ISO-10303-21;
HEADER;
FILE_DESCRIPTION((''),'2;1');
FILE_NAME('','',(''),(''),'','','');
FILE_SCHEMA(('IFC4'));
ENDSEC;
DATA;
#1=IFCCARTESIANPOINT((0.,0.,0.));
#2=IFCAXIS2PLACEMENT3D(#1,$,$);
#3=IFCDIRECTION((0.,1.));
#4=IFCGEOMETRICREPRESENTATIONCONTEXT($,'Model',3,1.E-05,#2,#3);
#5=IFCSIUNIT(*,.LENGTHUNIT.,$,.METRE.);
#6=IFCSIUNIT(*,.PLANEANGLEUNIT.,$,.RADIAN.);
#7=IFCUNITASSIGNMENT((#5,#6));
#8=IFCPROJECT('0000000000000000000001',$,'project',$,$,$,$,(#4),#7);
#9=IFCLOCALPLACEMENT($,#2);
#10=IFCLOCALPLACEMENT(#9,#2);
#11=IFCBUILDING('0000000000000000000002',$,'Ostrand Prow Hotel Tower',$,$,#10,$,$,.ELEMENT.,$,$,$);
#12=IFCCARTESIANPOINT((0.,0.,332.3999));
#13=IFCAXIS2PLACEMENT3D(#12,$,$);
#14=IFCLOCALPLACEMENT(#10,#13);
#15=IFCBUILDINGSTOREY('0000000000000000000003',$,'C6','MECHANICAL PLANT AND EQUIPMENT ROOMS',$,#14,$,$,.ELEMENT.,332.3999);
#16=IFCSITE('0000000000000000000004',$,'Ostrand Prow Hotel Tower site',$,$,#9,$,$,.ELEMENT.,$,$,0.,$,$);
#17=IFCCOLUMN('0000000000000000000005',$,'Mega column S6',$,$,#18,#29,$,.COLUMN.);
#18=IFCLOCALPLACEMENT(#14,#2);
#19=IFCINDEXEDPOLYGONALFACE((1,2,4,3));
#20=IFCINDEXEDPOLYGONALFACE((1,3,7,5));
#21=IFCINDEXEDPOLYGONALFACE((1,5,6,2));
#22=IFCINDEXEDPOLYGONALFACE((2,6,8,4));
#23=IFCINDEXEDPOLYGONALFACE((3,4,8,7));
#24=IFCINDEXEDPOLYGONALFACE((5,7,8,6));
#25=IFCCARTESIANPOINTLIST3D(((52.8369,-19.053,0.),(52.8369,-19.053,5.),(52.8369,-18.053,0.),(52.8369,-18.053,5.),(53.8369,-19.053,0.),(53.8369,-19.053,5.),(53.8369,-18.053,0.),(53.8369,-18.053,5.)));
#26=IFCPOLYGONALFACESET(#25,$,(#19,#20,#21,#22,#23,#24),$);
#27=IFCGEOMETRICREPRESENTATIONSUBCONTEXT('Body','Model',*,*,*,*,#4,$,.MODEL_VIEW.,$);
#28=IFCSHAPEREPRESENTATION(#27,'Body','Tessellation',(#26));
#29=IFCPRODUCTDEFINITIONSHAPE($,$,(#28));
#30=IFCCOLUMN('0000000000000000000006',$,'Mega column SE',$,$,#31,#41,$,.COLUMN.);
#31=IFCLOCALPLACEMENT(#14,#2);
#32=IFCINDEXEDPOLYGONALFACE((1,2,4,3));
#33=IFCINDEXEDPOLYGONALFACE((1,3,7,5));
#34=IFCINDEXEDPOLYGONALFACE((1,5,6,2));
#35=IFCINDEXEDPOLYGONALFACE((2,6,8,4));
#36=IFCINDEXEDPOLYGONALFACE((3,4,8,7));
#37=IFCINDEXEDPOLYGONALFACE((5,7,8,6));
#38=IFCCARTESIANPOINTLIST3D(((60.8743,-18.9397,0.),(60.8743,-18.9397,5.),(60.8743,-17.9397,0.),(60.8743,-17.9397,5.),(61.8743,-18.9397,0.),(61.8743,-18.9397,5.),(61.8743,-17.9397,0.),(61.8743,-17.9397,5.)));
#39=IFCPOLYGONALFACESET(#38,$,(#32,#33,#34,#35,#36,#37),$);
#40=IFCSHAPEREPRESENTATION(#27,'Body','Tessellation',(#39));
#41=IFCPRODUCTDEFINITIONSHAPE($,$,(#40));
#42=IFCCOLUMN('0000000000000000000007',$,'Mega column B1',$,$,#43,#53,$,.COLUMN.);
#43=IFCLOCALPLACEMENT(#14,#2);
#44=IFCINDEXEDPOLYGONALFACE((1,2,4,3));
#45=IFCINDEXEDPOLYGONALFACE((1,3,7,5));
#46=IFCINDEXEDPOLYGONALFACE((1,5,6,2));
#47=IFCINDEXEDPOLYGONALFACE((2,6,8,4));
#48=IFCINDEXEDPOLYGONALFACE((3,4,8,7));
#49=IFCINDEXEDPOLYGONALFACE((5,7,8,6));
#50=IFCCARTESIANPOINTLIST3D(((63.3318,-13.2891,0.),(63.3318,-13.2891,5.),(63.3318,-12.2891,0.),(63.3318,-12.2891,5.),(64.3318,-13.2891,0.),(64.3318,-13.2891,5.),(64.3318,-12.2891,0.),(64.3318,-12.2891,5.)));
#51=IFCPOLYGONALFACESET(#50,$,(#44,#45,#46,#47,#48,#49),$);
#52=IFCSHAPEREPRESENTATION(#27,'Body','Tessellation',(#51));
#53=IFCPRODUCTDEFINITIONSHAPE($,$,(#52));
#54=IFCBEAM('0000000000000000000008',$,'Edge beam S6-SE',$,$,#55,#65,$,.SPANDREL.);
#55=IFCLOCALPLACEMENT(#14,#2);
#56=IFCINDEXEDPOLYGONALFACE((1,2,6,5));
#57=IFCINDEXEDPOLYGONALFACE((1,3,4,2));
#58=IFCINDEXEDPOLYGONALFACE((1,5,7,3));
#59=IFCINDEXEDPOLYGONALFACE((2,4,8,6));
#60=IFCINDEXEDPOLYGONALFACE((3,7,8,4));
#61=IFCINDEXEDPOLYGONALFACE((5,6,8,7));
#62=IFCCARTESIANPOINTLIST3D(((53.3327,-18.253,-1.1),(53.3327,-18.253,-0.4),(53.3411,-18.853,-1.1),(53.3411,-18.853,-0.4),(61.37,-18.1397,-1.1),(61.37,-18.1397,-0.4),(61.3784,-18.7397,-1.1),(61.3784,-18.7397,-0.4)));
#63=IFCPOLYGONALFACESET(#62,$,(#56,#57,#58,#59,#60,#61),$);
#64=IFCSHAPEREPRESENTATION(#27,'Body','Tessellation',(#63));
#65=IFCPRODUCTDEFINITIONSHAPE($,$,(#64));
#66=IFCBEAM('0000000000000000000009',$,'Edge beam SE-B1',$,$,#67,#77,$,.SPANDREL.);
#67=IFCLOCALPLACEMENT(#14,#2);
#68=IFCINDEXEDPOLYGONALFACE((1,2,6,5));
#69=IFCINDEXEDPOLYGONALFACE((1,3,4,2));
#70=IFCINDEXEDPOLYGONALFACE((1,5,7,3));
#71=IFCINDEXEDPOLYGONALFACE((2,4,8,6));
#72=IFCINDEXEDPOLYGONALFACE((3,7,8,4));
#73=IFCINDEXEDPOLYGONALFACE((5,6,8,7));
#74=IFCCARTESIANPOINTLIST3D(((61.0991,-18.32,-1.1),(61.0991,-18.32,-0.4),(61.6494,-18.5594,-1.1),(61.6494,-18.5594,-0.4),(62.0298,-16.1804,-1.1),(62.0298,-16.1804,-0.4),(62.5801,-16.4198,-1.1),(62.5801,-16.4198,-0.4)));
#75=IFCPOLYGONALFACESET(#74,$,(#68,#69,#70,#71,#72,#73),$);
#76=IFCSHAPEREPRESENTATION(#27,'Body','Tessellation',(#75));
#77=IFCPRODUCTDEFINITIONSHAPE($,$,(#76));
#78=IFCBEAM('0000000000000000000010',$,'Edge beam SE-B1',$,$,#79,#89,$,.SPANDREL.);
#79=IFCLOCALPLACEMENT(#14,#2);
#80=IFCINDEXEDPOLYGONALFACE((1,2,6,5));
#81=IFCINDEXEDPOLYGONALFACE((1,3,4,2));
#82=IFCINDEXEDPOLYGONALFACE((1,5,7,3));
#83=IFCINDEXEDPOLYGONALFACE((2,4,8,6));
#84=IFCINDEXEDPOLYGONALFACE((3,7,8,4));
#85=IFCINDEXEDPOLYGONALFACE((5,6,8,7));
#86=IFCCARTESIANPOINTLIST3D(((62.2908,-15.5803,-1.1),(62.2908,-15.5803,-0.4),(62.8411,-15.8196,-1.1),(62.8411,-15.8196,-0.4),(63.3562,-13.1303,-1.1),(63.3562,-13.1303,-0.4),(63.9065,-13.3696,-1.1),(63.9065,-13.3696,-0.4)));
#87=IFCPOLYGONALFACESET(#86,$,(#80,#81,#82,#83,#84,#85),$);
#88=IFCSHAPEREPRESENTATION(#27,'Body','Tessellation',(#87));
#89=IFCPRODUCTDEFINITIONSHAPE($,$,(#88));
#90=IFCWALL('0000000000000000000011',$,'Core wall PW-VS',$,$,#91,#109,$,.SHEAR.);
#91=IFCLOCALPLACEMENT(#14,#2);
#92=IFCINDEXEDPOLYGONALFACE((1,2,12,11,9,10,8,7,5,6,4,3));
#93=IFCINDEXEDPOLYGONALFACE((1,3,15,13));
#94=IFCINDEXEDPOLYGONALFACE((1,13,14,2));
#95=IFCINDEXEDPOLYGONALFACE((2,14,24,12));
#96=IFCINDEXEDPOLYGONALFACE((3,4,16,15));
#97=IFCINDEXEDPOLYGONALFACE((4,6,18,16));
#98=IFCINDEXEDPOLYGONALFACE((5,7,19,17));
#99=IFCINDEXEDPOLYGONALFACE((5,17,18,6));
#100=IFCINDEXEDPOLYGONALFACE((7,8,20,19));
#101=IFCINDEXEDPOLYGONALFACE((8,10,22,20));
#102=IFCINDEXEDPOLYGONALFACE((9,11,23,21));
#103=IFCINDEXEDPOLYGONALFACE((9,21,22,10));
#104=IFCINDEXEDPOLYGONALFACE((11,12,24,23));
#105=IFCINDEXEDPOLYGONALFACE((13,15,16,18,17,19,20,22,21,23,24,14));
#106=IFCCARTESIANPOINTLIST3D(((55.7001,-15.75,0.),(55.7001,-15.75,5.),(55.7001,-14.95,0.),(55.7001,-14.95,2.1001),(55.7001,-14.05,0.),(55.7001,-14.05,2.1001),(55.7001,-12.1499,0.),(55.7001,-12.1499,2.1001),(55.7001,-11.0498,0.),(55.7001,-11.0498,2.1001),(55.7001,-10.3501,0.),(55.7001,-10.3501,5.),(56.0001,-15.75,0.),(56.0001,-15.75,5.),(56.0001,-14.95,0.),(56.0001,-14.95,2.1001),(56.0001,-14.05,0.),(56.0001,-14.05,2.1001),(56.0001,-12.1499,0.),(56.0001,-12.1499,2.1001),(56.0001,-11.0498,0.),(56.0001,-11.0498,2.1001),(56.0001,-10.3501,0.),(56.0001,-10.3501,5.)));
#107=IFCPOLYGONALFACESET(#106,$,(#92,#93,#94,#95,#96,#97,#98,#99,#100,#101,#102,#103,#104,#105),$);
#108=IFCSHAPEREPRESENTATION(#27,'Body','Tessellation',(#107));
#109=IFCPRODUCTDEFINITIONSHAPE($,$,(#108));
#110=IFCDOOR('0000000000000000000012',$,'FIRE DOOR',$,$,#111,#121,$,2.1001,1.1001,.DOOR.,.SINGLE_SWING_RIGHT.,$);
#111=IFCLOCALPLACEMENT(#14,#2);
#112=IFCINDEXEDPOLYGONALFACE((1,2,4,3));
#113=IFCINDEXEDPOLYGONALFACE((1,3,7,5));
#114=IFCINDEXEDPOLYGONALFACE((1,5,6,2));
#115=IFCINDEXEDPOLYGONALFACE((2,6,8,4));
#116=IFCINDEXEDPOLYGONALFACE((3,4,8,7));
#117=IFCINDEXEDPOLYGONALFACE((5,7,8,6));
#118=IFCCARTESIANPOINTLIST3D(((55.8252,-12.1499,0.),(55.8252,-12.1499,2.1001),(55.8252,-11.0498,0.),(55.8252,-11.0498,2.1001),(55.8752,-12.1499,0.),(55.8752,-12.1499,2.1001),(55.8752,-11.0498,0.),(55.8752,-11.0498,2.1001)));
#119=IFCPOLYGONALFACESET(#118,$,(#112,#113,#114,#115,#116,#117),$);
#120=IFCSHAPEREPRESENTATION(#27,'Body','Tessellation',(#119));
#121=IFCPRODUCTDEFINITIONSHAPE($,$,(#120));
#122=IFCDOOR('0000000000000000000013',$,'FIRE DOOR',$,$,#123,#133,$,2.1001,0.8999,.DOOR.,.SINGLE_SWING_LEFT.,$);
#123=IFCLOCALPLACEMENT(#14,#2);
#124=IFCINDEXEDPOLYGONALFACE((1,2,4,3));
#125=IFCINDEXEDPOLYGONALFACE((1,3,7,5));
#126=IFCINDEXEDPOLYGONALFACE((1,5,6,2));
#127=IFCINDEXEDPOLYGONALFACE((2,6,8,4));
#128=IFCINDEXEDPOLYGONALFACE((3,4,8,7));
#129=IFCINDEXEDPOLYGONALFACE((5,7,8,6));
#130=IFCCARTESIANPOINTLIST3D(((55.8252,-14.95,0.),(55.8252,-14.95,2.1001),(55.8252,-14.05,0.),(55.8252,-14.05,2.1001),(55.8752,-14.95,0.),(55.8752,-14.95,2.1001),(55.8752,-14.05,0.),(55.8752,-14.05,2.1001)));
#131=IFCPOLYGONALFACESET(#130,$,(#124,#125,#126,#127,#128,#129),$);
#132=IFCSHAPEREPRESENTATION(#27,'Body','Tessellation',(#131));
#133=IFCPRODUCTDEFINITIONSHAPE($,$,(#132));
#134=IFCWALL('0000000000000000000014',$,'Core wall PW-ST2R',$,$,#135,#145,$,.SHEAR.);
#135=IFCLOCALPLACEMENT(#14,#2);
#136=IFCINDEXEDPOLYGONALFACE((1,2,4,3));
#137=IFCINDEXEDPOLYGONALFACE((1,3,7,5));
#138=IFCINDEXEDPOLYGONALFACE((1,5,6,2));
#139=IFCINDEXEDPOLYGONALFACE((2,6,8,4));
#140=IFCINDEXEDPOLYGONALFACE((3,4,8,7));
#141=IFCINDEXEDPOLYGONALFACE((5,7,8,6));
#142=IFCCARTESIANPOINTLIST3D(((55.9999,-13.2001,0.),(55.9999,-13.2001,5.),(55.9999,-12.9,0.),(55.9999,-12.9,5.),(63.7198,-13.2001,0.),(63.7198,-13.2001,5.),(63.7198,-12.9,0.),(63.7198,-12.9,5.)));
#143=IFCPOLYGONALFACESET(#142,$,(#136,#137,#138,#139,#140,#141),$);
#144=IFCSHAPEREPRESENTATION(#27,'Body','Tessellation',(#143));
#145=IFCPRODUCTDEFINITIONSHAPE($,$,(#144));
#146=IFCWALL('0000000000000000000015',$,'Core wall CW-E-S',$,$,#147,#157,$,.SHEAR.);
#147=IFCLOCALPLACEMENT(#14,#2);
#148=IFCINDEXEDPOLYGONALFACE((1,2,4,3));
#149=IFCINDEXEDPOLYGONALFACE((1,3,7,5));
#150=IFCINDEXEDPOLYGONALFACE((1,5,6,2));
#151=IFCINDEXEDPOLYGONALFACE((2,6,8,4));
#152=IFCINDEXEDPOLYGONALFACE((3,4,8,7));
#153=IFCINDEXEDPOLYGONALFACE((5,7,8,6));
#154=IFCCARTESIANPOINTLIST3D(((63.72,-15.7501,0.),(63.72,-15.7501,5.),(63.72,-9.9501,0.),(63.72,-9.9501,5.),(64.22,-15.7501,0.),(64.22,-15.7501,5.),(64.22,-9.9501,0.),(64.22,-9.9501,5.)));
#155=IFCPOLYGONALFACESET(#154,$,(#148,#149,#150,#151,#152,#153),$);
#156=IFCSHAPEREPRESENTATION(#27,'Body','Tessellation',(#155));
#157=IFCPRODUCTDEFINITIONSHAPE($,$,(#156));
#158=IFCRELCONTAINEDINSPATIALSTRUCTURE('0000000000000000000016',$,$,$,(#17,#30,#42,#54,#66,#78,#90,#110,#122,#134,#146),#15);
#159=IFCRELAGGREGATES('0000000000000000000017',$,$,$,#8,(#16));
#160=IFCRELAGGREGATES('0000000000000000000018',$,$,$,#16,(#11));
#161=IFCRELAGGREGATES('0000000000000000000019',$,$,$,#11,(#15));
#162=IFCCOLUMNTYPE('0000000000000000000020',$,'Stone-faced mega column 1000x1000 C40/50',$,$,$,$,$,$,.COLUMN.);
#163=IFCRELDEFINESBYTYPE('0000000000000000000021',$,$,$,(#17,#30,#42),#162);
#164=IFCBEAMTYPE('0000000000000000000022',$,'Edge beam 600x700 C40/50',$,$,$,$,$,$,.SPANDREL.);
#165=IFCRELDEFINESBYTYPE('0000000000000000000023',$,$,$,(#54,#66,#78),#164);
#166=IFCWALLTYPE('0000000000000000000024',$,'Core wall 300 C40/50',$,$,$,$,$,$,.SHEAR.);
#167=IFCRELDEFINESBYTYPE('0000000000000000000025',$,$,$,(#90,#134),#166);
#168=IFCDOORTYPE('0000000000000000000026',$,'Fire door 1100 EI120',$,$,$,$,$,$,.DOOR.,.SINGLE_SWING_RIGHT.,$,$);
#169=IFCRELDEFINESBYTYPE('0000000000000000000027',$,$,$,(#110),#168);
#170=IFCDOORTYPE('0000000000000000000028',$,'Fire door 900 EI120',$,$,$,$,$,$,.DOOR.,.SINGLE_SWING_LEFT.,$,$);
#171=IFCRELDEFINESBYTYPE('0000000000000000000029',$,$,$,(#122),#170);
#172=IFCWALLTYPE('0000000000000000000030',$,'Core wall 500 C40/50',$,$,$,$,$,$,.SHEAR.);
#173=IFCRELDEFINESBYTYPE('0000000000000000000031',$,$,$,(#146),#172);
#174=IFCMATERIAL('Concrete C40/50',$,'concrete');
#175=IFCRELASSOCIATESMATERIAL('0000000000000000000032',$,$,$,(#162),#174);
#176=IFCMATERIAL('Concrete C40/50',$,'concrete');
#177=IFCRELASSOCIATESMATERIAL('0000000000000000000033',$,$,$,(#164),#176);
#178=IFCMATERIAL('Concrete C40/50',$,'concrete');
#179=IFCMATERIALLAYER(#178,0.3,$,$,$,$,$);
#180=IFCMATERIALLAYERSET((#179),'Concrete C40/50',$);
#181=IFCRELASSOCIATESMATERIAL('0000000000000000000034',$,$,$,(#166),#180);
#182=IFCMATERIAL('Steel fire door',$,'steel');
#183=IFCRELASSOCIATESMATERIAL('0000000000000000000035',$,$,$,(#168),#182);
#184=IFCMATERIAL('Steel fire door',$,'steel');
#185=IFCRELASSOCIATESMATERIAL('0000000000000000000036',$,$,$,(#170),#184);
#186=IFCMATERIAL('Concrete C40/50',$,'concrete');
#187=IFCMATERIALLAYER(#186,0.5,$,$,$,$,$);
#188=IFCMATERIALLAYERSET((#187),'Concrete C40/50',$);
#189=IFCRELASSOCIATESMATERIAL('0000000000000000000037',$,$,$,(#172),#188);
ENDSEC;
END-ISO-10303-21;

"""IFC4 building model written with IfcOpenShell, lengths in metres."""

from ifc_helpers import new_model, si_unit, direction, frame, frame_2d, origin, origin_2d, place, context, subcontext, project, spatial, rectangle, extrude, material, layer, layer_set, material_profile, profile_set, type_object, element, fill, save


model = new_model("IFC4")

# Units and contexts
model_context = context("Model", 3, precision=1e-05, world=origin(), true_north=direction((0.0, 1.0)))
body_context = subcontext(model_context, "Body", "Model", "MODEL_VIEW")
ifc_project = project(units=[si_unit("LENGTHUNIT", "METRE"), si_unit("PLANEANGLEUNIT", "RADIAN")], contexts=[model_context])

# Site, building, storey
site_placement = place(None, origin())
site = spatial("IfcSite", under=ifc_project, at=site_placement, Name="Ostrand Prow Hotel Tower site", CompositionType="ELEMENT", RefElevation=0.0)
building_placement = place(site_placement, origin())
building = spatial("IfcBuilding", under=site, at=building_placement, Name="Ostrand Prow Hotel Tower", CompositionType="ELEMENT")
storey_placement = place(building_placement, frame((0.0, 0.0, 332.3999)))
storey = spatial("IfcBuildingStorey", under=building, at=storey_placement, Name="C6", Description="MECHANICAL PLANT AND EQUIPMENT ROOMS", CompositionType="ELEMENT", Elevation=332.3999)

# Columns
ifc_material_1 = material(Name="Concrete C40/50", Category="concrete")
ifc_material_profile_1 = material_profile(ifc_material_1, rectangle(XDim=1.0, YDim=1.0, at=origin_2d()), Name="RC 1000x1000")
ifc_profile_set_1 = profile_set([ifc_material_profile_1], Name="Concrete C40/50")
column_type = type_object("IfcColumnType", Name="Stone-faced mega column 1000x1000 C40/50", PredefinedType="COLUMN", material=ifc_profile_set_1)
for number, where, z_axis, x_axis, name in (
    (1, (53.3369, -18.553, 0.0), (0.0, 0.0, 1.0), (1.0, 0.0, 0.0), "Mega column S6"),
    (2, (61.3743, -18.4397, 0.0), (0.0, 0.0, 1.0), (1.0, 0.0, 0.0), "Mega column SE"),
    (3, (63.8318, -12.7891, 0.0), (0.0, 0.0, 1.0), (1.0, 0.0, 0.0), "Mega column B1"),
):
    element("IfcColumn", number, at=place(storey_placement, frame(where, z_axis=z_axis, x_axis=x_axis)), inside=storey, type_object=column_type, Name=name, PredefinedType="COLUMN", context=body_context, shape_type="SweptSolid", body=[
        extrude(rectangle(XDim=1.0, YDim=1.0, at=origin_2d()), origin(), (0.0, 0.0, 1.0), 5.0),
    ])

# Beams
ifc_material_2 = material(Name="Concrete C40/50", Category="concrete")
ifc_material_profile_2 = material_profile(ifc_material_2, rectangle(XDim=0.6001, YDim=0.7, at=origin_2d()), Name="RC 600x700")
ifc_profile_set_2 = profile_set([ifc_material_profile_2], Name="Concrete C40/50")
beam_type = type_object("IfcBeamType", Name="Edge beam 600x700 C40/50", PredefinedType="SPANDREL", material=ifc_profile_set_2)
beam_1_placement = place(storey_placement, frame((53.3369, -18.553, -0.75), z_axis=(0.999901, 0.014093, 0.0), x_axis=(-0.014093, 0.999901, 0.0)))
element("IfcBeam", 4, at=beam_1_placement, inside=storey, type_object=beam_type, Name="Edge beam S6-SE", PredefinedType="SPANDREL", context=body_context, shape_type="SweptSolid", body=[
    extrude(rectangle(XDim=0.6001, YDim=0.7, at=origin_2d()), origin(), (0.0, 0.0, 1.0), 8.0381),
])
beam_2_placement = place(storey_placement, frame((61.3743, -18.4397, -0.75), z_axis=(0.398864, 0.91701, 0.0), x_axis=(-0.91701, 0.398864, 0.0)))
element("IfcBeam", 5, at=beam_2_placement, inside=storey, type_object=beam_type, Name="Edge beam SE-B1", PredefinedType="SPANDREL", context=body_context, shape_type="SweptSolid", body=[
    extrude(rectangle(XDim=0.6001, YDim=0.7, at=origin_2d()), origin(), (0.0, 0.0, 1.0), 2.3333),
])
beam_3_placement = place(storey_placement, frame((62.5659, -15.7, -0.75), z_axis=(0.3988, 0.917038, 0.0), x_axis=(-0.917038, 0.3988, 0.0)))
element("IfcBeam", 6, at=beam_3_placement, inside=storey, type_object=beam_type, Name="Edge beam SE-B1", PredefinedType="SPANDREL", context=body_context, shape_type="SweptSolid", body=[
    extrude(rectangle(XDim=0.6001, YDim=0.7, at=origin_2d()), origin(), (0.0, 0.0, 1.0), 2.6716),
])

# Wall, openings, doors
ifc_material_3 = material(Name="Concrete C40/50", Category="concrete")
ifc_layer_1 = layer(ifc_material_3, 0.3)
ifc_layer_set_1 = layer_set([ifc_layer_1], Name="Concrete C40/50")
wall_type_1 = type_object("IfcWallType", Name="Core wall 300 C40/50", PredefinedType="SHEAR", material=ifc_layer_set_1)
wall_1_placement = place(storey_placement, frame((55.8501, -15.75, 0.0), z_axis=(0.0, 0.0, 1.0), x_axis=(0.0, 1.0, 0.0)))
wall_1 = element("IfcWall", 7, at=wall_1_placement, inside=storey, type_object=wall_type_1, Name="Core wall PW-VS", PredefinedType="SHEAR", context=body_context, shape_type="SweptSolid", body=[
    extrude(rectangle(XDim=5.3999, YDim=0.3, at=frame_2d((2.7, 0.0))), origin(), (0.0, 0.0, 1.0), 5.0),
])
opening_1_placement = place(wall_1_placement, frame((3.6001, 0.0, 0.0)))
opening_1 = element("IfcOpeningElement", 8, at=opening_1_placement, cuts=wall_1, PredefinedType="OPENING", context=body_context, shape_type="SweptSolid", body=[
    extrude(rectangle(XDim=1.1001, YDim=2.1001, at=frame_2d((0.55, 1.05))), frame((0.0, 0.1599, 0.0), z_axis=(0.0, -1.0, 0.0), x_axis=(1.0, 0.0, 0.0)), (0.0, 0.0, 1.0), 0.3201),
])
opening_2_placement = place(wall_1_placement, frame((0.8, 0.0, 0.0)))
opening_2 = element("IfcOpeningElement", 9, at=opening_2_placement, cuts=wall_1, PredefinedType="OPENING", context=body_context, shape_type="SweptSolid", body=[
    extrude(rectangle(XDim=0.8999, YDim=2.1001, at=frame_2d((0.45, 1.05))), frame((0.0, 0.1599, 0.0), z_axis=(0.0, -1.0, 0.0), x_axis=(1.0, 0.0, 0.0)), (0.0, 0.0, 1.0), 0.3201),
])
ifc_material_4 = material(Name="Steel fire door", Category="steel")
door_type_1 = type_object("IfcDoorType", Name="Fire door 1100 EI120", OperationType="SINGLE_SWING_RIGHT", PredefinedType="DOOR", material=ifc_material_4)
door_1_placement = place(opening_1_placement, origin())
door_1 = element("IfcDoor", 10, at=door_1_placement, inside=storey, type_object=door_type_1, Name="FIRE DOOR", OperationType="SINGLE_SWING_RIGHT", OverallHeight=2.1001, OverallWidth=1.1001, PredefinedType="DOOR", context=body_context, shape_type="SweptSolid", body=[
    extrude(rectangle(XDim=1.1001, YDim=2.1001, at=frame_2d((0.55, 1.05))), frame((0.0, 0.0249, 0.0), z_axis=(0.0, -1.0, 0.0), x_axis=(1.0, 0.0, 0.0)), (0.0, 0.0, 1.0), 0.05),
])
fill(opening_1, door_1)
ifc_material_5 = material(Name="Steel fire door", Category="steel")
door_type_2 = type_object("IfcDoorType", Name="Fire door 900 EI120", OperationType="SINGLE_SWING_LEFT", PredefinedType="DOOR", material=ifc_material_5)
door_2_placement = place(opening_2_placement, origin())
door_2 = element("IfcDoor", 11, at=door_2_placement, inside=storey, type_object=door_type_2, Name="FIRE DOOR", OperationType="SINGLE_SWING_LEFT", OverallHeight=2.1001, OverallWidth=0.8999, PredefinedType="DOOR", context=body_context, shape_type="SweptSolid", body=[
    extrude(rectangle(XDim=0.8999, YDim=2.1001, at=frame_2d((0.45, 1.05))), frame((0.0, 0.0249, 0.0), z_axis=(0.0, -1.0, 0.0), x_axis=(1.0, 0.0, 0.0)), (0.0, 0.0, 1.0), 0.05),
])
fill(opening_2, door_2)

# Walls
wall_2_placement = place(storey_placement, frame((56.0, -13.05, 0.0), z_axis=(0.0, 0.0, 1.0), x_axis=(1.0, 0.0, 0.0)))
element("IfcWall", 12, at=wall_2_placement, inside=storey, type_object=wall_type_1, Name="Core wall PW-ST2R", PredefinedType="SHEAR", context=body_context, shape_type="SweptSolid", body=[
    extrude(rectangle(XDim=7.72, YDim=0.3, at=frame_2d((3.8599, 0.0))), origin(), (0.0, 0.0, 1.0), 5.0),
])
ifc_material_6 = material(Name="Concrete C40/50", Category="concrete")
ifc_layer_2 = layer(ifc_material_6, 0.5)
ifc_layer_set_2 = layer_set([ifc_layer_2], Name="Concrete C40/50")
wall_type_2 = type_object("IfcWallType", Name="Core wall 500 C40/50", PredefinedType="SHEAR", material=ifc_layer_set_2)
wall_3_placement = place(storey_placement, frame((63.97, -15.75, 0.0), z_axis=(0.0, 0.0, 1.0), x_axis=(0.0, 1.0, 0.0)))
element("IfcWall", 13, at=wall_3_placement, inside=storey, type_object=wall_type_2, Name="Core wall CW-E-S", PredefinedType="SHEAR", context=body_context, shape_type="SweptSolid", body=[
    extrude(rectangle(XDim=5.8, YDim=0.5, at=frame_2d((2.8999, 0.0))), origin(), (0.0, 0.0, 1.0), 5.0),
])

save(model, "model.ifc")
